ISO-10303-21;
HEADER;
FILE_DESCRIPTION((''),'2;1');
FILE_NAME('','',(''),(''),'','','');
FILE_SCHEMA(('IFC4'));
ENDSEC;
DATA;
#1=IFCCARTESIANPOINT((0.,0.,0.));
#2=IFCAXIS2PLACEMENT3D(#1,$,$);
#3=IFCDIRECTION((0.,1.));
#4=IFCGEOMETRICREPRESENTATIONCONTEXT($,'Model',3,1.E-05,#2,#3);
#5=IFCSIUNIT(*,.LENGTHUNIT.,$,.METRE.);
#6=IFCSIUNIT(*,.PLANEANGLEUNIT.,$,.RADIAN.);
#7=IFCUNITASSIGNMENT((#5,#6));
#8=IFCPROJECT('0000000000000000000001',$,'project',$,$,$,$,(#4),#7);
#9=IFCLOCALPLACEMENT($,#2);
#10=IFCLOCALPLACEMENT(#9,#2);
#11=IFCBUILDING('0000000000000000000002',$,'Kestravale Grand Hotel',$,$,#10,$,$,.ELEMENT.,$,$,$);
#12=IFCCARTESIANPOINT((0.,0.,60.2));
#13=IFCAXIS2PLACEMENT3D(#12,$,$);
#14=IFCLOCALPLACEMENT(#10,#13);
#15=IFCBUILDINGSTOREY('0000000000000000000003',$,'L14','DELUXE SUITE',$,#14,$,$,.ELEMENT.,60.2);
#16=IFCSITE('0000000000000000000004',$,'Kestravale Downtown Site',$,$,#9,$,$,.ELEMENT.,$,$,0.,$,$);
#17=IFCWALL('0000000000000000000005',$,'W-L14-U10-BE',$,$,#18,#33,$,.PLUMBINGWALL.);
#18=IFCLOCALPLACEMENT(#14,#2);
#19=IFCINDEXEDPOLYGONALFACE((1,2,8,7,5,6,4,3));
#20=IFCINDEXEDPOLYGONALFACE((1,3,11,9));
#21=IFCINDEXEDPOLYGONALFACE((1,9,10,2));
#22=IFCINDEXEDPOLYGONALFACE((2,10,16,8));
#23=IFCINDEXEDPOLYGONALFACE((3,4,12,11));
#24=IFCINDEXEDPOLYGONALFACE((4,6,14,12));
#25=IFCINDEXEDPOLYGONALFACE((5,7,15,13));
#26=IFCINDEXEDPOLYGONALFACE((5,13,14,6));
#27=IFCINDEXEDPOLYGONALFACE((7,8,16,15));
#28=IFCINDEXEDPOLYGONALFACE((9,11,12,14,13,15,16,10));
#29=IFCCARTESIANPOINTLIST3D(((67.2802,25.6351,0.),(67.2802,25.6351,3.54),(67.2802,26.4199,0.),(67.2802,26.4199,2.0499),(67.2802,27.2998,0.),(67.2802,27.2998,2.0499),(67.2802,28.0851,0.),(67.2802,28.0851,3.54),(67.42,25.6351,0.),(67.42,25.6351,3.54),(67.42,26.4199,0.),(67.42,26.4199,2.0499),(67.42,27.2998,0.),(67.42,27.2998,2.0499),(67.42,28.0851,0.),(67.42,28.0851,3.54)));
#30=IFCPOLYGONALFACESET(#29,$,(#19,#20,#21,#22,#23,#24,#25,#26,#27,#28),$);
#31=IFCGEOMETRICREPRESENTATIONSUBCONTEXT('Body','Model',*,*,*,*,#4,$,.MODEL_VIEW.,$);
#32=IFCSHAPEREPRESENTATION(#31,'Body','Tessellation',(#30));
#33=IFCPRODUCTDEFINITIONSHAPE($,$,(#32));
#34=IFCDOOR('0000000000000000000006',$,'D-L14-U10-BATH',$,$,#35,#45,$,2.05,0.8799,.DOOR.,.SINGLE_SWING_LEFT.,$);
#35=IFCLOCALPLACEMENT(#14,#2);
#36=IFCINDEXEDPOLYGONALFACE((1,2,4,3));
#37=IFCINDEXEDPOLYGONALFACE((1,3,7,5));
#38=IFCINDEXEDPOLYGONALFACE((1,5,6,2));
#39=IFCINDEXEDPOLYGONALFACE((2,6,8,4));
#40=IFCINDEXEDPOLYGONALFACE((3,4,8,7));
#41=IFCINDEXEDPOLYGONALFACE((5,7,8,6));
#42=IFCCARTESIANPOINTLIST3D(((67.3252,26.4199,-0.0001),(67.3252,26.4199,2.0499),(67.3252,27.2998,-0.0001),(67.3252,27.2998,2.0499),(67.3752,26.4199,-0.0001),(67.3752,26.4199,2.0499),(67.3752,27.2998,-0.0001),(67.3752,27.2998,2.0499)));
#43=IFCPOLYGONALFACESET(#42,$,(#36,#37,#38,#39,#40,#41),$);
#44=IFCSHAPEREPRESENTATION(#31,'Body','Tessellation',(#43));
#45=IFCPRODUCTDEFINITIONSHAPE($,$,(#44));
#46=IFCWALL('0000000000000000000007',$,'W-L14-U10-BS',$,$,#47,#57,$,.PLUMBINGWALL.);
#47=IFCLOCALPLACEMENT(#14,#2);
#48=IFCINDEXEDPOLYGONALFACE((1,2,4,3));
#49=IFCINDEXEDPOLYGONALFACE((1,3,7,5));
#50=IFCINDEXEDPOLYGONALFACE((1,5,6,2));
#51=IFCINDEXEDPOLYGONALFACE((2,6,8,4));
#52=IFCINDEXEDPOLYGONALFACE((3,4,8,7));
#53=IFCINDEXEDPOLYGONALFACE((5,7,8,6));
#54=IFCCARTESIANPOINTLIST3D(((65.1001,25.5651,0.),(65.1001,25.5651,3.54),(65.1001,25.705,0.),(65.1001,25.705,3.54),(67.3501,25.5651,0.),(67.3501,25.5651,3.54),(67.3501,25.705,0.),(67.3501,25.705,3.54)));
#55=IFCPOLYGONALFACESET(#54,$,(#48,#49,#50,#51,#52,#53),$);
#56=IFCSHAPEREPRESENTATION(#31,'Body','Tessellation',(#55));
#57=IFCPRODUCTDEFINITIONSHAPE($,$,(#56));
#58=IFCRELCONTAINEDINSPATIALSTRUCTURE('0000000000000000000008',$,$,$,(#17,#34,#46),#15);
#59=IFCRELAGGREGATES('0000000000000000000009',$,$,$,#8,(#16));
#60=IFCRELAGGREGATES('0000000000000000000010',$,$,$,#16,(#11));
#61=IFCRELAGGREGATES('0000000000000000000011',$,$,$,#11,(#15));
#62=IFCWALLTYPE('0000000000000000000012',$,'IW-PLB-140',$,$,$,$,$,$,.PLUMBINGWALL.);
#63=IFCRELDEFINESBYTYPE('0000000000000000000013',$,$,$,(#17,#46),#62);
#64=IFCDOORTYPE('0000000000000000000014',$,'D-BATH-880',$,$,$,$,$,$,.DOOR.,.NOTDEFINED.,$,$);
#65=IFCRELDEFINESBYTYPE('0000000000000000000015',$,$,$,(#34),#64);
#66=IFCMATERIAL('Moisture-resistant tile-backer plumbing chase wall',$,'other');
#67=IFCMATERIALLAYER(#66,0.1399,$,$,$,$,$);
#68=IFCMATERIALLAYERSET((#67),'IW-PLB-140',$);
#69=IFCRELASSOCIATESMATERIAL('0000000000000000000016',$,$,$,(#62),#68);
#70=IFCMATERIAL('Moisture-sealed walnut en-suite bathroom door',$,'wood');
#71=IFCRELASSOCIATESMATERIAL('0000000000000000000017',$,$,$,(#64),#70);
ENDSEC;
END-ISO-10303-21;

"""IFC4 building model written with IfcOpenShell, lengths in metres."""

from ifc_helpers import new_model, si_unit, direction, frame, frame_2d, origin, place, context, subcontext, project, spatial, rectangle, extrude, material, layer, layer_set, type_object, element, fill, save


model = new_model("IFC4")

# Units and contexts
model_context = context("Model", 3, precision=1e-05, world=origin(), true_north=direction((0.0, 1.0)))
body_context = subcontext(model_context, "Body", "Model", "MODEL_VIEW")
ifc_project = project(units=[si_unit("LENGTHUNIT", "METRE"), si_unit("PLANEANGLEUNIT", "RADIAN")], contexts=[model_context])

# Site, building, storey
site_placement = place(None, origin())
site = spatial("IfcSite", under=ifc_project, at=site_placement, Name="Kestravale Downtown Site", CompositionType="ELEMENT", RefElevation=0.0)
building_placement = place(site_placement, origin())
building = spatial("IfcBuilding", under=site, at=building_placement, Name="Kestravale Grand Hotel", CompositionType="ELEMENT")
storey_placement = place(building_placement, frame((0.0, 0.0, 60.2)))
storey = spatial("IfcBuildingStorey", under=building, at=storey_placement, Name="L14", Description="DELUXE SUITE", CompositionType="ELEMENT", Elevation=60.2)

# Shared definitions
ifc_material_1 = material(Name="Moisture-resistant tile-backer plumbing chase wall", Category="other")
ifc_layer_1 = layer(ifc_material_1, 0.1399)
ifc_layer_set_1 = layer_set([ifc_layer_1], Name="IW-PLB-140")
wall_type_1 = type_object("IfcWallType", Name="IW-PLB-140", PredefinedType="PLUMBINGWALL", material=ifc_layer_set_1)

# Shared definitions
ifc_material_2 = material(Name="Moisture-sealed walnut en-suite bathroom door", Category="wood")
door_type = type_object("IfcDoorType", Name="D-BATH-880", OperationType="NOTDEFINED", PredefinedType="DOOR", material=ifc_material_2)

# Wall, opening, door
wall_1_placement = place(storey_placement, frame((67.3501, 25.635, 0.0), z_axis=(0.0, 0.0, 1.0), x_axis=(0.0, 1.0, 0.0)))
wall_1 = element("IfcWall", 1, at=wall_1_placement, inside=storey, type_object=wall_type_1, Name="W-L14-U10-BE", PredefinedType="PLUMBINGWALL", context=body_context, shape_type="SweptSolid", body=[
    extrude(rectangle(XDim=2.45, YDim=0.1399, at=frame_2d((1.2251, 0.0))), origin(), (0.0, 0.0, 1.0), 3.54),
])
opening_1_placement = place(wall_1_placement, frame((0.7849, 0.0, 0.0)))
opening_1 = element("IfcOpeningElement", 2, at=opening_1_placement, cuts=wall_1, PredefinedType="OPENING", context=body_context, shape_type="SweptSolid", body=[
    extrude(rectangle(XDim=0.8799, YDim=2.05, at=frame_2d((0.4399, 1.0249))), frame((0.0, 0.0798, 0.0), z_axis=(0.0, -1.0, 0.0), x_axis=(1.0, 0.0, 0.0)), (0.0, 0.0, 1.0), 0.1599),
])
door_1_placement = place(opening_1_placement, origin())
door_1 = element("IfcDoor", 3, at=door_1_placement, inside=storey, type_object=door_type, Name="D-L14-U10-BATH", OperationType="SINGLE_SWING_LEFT", OverallHeight=2.05, OverallWidth=0.8799, PredefinedType="DOOR", context=body_context, shape_type="SweptSolid", body=[
    extrude(rectangle(XDim=0.8799, YDim=2.05, at=frame_2d((0.4399, 1.0249))), frame((0.0, 0.0249, 0.0), z_axis=(0.0, -1.0, 0.0), x_axis=(1.0, 0.0, 0.0)), (0.0, 0.0, 1.0), 0.05),
])
fill(opening_1, door_1)

# Wall
wall_2_placement = place(storey_placement, frame((65.1001, 25.635, 0.0), z_axis=(0.0, 0.0, 1.0), x_axis=(1.0, 0.0, 0.0)))
element("IfcWall", 4, at=wall_2_placement, inside=storey, type_object=wall_type_1, Name="W-L14-U10-BS", PredefinedType="PLUMBINGWALL", context=body_context, shape_type="SweptSolid", body=[
    extrude(rectangle(XDim=2.25, YDim=0.1399, at=frame_2d((1.125, 0.0))), origin(), (0.0, 0.0, 1.0), 3.54),
])

save(model, "model.ifc")
